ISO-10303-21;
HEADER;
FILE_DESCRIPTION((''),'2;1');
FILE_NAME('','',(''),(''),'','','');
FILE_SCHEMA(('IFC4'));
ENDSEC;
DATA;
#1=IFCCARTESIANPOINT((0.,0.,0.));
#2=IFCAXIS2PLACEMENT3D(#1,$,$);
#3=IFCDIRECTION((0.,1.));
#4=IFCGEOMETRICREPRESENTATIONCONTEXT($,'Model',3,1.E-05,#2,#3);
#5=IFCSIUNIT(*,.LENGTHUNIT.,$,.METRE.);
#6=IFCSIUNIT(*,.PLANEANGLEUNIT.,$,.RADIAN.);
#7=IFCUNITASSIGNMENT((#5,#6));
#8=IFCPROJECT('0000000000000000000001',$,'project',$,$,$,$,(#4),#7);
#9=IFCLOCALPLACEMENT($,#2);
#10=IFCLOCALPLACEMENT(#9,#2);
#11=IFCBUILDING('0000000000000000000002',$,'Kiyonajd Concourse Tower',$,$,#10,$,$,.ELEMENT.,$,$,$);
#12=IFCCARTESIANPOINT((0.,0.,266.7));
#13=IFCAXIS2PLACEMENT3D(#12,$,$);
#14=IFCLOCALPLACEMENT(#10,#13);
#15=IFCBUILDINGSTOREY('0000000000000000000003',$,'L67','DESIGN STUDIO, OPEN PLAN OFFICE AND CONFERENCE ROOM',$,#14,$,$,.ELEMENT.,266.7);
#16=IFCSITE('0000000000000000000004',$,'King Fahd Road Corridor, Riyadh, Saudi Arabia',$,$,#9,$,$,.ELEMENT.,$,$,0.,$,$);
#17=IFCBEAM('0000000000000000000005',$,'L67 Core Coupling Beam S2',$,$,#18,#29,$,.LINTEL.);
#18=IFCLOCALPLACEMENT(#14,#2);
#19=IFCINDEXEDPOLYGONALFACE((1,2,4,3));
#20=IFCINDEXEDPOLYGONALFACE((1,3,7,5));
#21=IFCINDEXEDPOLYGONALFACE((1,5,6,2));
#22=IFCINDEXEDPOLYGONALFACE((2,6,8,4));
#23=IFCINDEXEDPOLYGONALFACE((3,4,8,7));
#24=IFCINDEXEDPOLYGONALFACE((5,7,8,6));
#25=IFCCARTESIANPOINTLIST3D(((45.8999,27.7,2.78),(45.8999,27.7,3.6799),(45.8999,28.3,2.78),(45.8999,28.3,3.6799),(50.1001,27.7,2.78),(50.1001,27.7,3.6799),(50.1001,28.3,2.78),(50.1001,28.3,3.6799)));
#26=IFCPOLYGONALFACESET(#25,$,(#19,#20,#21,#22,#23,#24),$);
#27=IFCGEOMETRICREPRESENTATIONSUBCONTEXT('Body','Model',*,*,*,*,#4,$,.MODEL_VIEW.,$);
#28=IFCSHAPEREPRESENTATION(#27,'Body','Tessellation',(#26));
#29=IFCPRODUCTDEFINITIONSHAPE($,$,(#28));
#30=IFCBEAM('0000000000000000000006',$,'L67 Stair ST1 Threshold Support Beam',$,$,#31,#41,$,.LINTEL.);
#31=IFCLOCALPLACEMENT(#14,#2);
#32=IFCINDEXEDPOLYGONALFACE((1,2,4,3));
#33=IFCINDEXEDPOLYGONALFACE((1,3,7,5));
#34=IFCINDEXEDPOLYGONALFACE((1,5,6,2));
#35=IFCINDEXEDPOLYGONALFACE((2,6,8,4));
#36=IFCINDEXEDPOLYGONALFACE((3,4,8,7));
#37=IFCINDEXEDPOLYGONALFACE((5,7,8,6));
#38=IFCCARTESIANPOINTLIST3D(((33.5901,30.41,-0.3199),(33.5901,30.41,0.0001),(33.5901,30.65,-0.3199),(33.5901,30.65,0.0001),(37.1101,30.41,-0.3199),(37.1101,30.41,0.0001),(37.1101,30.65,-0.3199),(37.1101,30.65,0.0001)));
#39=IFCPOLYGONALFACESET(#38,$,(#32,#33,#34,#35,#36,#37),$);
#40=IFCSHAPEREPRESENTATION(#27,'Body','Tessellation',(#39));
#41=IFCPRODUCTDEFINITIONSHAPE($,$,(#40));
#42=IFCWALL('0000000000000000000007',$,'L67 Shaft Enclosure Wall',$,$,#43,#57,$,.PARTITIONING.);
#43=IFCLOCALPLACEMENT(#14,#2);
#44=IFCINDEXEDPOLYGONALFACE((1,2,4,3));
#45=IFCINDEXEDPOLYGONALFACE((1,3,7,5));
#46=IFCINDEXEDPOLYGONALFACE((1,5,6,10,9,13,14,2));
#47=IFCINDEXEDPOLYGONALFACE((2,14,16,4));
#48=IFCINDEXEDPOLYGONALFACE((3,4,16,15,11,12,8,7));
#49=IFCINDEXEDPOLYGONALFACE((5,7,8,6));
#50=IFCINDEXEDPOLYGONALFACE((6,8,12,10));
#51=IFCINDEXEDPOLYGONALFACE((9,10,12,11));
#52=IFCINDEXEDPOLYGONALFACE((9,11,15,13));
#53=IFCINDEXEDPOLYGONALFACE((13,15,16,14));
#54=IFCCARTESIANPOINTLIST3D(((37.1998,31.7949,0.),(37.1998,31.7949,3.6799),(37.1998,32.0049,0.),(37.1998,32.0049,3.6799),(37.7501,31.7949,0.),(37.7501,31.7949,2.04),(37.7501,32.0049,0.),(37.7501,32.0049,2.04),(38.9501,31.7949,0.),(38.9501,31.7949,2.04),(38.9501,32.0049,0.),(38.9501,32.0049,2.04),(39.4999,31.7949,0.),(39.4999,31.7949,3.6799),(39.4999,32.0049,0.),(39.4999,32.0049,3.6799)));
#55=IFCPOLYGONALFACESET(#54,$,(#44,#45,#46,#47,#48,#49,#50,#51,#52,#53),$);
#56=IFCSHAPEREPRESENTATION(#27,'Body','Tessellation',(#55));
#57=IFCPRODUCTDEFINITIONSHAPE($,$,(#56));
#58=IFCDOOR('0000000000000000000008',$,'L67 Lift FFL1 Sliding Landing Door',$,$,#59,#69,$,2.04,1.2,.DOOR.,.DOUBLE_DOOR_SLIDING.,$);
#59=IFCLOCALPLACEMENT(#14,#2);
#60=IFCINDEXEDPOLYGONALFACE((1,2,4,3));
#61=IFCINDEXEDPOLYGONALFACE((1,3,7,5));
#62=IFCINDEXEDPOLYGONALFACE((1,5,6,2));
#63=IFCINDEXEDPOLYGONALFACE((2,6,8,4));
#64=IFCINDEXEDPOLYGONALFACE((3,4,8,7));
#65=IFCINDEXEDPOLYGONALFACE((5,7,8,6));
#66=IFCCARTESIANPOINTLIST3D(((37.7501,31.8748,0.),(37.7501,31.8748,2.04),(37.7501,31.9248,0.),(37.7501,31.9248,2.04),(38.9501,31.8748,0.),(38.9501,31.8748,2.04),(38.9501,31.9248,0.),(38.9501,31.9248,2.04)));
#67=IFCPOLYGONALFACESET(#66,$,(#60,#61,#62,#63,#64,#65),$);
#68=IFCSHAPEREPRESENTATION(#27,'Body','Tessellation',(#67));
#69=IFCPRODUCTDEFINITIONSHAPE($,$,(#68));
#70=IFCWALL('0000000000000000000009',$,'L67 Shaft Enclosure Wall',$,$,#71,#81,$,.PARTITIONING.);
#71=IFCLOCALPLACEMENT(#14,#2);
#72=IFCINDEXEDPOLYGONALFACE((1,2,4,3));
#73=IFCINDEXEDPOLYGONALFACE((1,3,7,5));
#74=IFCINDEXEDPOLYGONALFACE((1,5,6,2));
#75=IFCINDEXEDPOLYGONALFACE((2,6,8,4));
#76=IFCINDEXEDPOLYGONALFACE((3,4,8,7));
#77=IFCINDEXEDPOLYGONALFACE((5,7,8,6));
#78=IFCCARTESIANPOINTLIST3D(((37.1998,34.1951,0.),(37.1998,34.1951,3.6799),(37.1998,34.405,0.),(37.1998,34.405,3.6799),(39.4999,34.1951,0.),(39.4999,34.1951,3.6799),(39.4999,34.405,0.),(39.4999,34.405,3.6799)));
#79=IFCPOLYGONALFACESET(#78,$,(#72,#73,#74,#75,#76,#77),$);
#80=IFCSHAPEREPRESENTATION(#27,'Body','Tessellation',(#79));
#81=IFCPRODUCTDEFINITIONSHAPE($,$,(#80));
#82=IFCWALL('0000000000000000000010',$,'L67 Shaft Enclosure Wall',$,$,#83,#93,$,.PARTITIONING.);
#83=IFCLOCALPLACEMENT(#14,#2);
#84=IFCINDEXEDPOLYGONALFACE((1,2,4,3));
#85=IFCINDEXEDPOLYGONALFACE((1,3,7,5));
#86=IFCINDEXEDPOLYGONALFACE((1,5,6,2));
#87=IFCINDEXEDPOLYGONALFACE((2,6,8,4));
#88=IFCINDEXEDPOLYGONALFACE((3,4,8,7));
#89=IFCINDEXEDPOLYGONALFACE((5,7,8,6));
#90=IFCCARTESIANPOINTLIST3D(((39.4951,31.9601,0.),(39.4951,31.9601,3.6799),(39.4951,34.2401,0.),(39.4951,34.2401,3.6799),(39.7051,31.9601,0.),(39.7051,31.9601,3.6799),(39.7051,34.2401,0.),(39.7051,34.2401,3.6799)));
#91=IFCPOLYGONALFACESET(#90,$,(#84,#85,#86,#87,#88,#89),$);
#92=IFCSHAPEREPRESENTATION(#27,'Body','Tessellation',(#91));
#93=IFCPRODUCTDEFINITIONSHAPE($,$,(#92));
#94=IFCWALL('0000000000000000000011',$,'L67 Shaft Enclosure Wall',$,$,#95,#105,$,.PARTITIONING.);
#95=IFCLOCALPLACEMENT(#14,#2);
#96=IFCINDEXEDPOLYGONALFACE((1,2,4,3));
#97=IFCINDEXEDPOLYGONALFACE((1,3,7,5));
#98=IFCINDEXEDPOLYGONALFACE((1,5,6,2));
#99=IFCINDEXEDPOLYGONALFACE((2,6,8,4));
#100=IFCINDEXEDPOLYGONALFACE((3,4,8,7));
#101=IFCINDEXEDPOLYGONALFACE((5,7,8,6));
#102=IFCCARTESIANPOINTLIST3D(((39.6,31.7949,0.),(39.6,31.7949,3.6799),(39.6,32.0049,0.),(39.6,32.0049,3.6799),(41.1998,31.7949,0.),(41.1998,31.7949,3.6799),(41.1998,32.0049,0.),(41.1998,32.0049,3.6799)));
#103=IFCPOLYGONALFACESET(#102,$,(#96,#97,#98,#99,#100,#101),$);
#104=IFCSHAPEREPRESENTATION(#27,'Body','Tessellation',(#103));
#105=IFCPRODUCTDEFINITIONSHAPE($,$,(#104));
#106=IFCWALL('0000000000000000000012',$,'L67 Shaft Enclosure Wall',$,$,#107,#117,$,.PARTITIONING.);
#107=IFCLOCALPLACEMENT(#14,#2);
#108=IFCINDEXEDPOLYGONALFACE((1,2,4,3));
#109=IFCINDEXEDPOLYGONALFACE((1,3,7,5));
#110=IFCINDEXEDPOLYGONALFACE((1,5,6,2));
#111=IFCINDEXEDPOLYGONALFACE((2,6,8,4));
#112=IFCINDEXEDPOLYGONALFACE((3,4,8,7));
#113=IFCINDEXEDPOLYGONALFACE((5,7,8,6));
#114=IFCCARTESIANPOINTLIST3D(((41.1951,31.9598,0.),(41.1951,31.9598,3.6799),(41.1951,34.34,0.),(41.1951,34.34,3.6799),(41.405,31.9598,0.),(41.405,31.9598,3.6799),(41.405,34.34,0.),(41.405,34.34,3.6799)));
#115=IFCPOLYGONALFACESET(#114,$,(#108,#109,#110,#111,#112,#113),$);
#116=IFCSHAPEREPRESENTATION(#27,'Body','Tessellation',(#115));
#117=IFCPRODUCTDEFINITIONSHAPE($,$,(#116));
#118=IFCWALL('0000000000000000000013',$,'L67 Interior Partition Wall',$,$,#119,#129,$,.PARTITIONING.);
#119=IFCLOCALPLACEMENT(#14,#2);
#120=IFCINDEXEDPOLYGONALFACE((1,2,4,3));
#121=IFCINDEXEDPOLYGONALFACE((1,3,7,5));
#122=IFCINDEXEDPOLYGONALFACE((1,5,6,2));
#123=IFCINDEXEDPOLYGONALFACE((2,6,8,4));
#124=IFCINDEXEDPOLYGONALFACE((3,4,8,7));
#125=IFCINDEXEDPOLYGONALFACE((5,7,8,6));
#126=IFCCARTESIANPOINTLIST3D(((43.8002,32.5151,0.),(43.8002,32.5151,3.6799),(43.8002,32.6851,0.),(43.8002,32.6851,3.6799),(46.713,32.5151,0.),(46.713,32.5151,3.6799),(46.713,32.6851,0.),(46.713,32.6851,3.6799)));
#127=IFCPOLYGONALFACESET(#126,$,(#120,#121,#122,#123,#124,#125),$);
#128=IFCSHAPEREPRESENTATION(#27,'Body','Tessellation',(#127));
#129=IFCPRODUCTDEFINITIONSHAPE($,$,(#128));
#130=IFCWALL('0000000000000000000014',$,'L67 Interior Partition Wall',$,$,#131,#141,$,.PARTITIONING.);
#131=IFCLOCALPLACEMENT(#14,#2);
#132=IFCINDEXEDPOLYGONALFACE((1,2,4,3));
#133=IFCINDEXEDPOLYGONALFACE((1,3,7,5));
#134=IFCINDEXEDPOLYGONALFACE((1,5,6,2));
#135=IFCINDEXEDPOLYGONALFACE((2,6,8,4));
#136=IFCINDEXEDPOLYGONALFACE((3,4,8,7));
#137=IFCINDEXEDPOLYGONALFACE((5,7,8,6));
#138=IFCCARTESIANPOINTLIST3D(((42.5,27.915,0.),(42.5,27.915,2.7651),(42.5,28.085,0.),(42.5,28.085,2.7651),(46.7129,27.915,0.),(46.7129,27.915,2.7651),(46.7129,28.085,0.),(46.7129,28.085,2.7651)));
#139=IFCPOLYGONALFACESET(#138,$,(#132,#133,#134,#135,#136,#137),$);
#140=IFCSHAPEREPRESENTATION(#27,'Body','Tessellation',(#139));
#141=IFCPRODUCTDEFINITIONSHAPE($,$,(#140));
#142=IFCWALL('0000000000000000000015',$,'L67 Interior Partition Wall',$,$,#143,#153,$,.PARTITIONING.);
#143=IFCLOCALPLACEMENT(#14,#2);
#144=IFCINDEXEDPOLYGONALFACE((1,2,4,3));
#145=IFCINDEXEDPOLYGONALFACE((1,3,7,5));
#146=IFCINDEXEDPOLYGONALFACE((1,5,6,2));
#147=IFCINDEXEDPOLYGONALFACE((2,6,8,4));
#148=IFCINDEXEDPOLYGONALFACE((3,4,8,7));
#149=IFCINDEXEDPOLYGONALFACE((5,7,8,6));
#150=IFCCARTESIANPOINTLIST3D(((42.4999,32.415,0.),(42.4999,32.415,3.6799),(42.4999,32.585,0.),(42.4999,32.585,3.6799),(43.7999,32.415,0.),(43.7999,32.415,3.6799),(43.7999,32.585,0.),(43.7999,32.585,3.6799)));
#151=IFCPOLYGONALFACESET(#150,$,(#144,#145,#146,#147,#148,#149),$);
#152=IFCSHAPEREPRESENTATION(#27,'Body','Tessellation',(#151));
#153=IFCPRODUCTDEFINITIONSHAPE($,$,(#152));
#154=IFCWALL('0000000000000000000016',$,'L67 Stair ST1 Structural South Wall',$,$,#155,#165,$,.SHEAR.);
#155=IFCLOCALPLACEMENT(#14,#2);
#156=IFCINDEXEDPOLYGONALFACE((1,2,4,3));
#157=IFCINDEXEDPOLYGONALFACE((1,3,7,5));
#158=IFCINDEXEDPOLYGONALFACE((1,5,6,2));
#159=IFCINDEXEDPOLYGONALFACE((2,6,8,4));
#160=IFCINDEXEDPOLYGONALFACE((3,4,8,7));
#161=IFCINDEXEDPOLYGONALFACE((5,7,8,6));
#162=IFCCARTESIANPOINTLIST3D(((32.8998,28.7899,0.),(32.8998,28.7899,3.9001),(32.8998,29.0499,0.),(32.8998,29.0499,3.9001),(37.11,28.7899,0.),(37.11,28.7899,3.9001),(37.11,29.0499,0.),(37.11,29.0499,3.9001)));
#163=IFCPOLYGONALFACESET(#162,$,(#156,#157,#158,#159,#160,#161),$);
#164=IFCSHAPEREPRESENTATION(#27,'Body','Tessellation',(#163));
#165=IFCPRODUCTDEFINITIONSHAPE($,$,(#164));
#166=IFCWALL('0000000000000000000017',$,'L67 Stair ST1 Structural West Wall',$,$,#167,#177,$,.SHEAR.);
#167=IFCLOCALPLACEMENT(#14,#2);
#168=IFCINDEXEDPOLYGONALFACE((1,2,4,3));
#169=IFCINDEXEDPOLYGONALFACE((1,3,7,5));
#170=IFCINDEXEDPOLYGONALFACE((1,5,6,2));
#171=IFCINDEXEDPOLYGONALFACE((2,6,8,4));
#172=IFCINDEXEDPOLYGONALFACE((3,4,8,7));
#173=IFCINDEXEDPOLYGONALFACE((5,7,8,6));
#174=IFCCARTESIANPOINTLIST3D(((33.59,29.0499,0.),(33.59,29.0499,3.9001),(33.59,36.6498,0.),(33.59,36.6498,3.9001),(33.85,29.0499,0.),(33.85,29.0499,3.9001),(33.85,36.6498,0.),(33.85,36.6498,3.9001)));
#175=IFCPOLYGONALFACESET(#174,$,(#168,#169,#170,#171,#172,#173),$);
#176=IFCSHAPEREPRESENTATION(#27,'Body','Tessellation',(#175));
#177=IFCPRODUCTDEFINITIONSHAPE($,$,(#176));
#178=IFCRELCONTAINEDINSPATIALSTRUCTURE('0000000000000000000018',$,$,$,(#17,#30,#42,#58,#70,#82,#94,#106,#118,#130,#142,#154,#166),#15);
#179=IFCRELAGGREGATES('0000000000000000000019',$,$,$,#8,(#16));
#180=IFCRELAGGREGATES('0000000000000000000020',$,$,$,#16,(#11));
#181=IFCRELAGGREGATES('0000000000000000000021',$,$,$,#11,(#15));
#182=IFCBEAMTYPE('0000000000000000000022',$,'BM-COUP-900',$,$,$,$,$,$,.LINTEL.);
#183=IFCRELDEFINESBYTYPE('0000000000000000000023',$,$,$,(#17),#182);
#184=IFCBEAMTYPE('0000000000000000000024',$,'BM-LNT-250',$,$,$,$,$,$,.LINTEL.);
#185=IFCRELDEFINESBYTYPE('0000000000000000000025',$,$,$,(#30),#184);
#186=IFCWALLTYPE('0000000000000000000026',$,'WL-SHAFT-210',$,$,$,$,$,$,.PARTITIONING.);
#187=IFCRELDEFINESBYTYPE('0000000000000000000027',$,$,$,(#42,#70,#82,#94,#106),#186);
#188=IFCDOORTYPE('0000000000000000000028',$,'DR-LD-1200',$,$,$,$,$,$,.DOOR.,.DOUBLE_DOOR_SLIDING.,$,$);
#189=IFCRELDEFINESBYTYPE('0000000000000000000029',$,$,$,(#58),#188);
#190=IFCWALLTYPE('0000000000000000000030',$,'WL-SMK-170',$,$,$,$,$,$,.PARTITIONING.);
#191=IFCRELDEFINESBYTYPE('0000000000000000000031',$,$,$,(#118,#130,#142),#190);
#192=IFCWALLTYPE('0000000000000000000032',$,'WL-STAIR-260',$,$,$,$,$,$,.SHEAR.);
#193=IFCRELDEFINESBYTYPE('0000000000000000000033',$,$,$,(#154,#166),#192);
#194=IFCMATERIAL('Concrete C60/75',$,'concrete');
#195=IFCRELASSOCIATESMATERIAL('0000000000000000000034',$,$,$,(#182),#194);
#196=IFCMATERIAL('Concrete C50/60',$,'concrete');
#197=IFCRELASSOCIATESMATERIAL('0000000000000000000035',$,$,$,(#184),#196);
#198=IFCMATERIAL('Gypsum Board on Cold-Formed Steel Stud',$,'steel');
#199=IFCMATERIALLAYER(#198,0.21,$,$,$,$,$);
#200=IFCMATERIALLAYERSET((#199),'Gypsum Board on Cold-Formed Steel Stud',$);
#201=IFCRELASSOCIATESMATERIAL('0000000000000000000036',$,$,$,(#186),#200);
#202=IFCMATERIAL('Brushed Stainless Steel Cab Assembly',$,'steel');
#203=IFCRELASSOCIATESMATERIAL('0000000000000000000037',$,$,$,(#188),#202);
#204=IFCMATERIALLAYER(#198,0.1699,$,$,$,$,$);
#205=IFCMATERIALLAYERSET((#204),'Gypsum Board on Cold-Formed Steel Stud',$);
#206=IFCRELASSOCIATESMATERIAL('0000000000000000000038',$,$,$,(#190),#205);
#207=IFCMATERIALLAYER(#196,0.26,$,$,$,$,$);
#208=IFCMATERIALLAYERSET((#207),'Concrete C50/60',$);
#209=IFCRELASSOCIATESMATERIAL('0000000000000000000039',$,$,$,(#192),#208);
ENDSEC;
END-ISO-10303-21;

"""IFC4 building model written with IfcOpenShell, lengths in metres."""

from ifc_helpers import new_model, si_unit, direction, frame, frame_2d, origin, origin_2d, place, context, subcontext, project, spatial, rectangle, extrude, material, layer, layer_set, material_profile, profile_set, type_object, element, fill, save


model = new_model("IFC4")

# Units and contexts
model_context = context("Model", 3, precision=1e-05, world=origin(), true_north=direction((0.0, 1.0)))
body_context = subcontext(model_context, "Body", "Model", "MODEL_VIEW")
ifc_project = project(units=[si_unit("LENGTHUNIT", "METRE"), si_unit("PLANEANGLEUNIT", "RADIAN")], contexts=[model_context])

# Site, building, storey
site_placement = place(None, origin())
site = spatial("IfcSite", under=ifc_project, at=site_placement, Name="King Fahd Road Corridor, Riyadh, Saudi Arabia", CompositionType="ELEMENT", RefElevation=0.0)
building_placement = place(site_placement, origin())
building = spatial("IfcBuilding", under=site, at=building_placement, Name="Kiyonajd Concourse Tower", CompositionType="ELEMENT")
storey_placement = place(building_placement, frame((0.0, 0.0, 266.7)))
storey = spatial("IfcBuildingStorey", under=building, at=storey_placement, Name="L67", Description="DESIGN STUDIO, OPEN PLAN OFFICE AND CONFERENCE ROOM", CompositionType="ELEMENT", Elevation=266.7)

# Beams
ifc_material_1 = material(Name="Concrete C60/75", Category="concrete")
ifc_material_profile_1 = material_profile(ifc_material_1, rectangle(XDim=0.6001, YDim=0.8999, at=origin_2d()), Name="RCBM-600x900")
ifc_profile_set_1 = profile_set([ifc_material_profile_1], Name="Concrete C60/75")
beam_type_1 = type_object("IfcBeamType", Name="BM-COUP-900", PredefinedType="LINTEL", material=ifc_profile_set_1)
beam_1_placement = place(storey_placement, frame((45.8999, 28.0, 3.23), z_axis=(1.0, 0.0, 0.0), x_axis=(0.0, 1.0, 0.0)))
element("IfcBeam", 1, at=beam_1_placement, inside=storey, type_object=beam_type_1, Name="L67 Core Coupling Beam S2", PredefinedType="LINTEL", context=body_context, shape_type="SweptSolid", body=[
    extrude(rectangle(XDim=0.6001, YDim=0.8999, at=origin_2d()), origin(), (0.0, 0.0, 1.0), 4.2002),
])
ifc_material_2 = material(Name="Concrete C50/60", Category="concrete")
ifc_material_profile_2 = material_profile(ifc_material_2, rectangle(XDim=0.24, YDim=0.3201, at=origin_2d()), Name="RCBM-240x320")
ifc_profile_set_2 = profile_set([ifc_material_profile_2], Name="Concrete C50/60")
beam_type_2 = type_object("IfcBeamType", Name="BM-LNT-250", PredefinedType="LINTEL", material=ifc_profile_set_2)
beam_2_placement = place(storey_placement, frame((33.5901, 30.53, -0.1599), z_axis=(1.0, 0.0, 0.0), x_axis=(0.0, 1.0, 0.0)))
element("IfcBeam", 2, at=beam_2_placement, inside=storey, type_object=beam_type_2, Name="L67 Stair ST1 Threshold Support Beam", PredefinedType="LINTEL", context=body_context, shape_type="SweptSolid", body=[
    extrude(rectangle(XDim=0.24, YDim=0.3201, at=origin_2d()), origin(), (0.0, 0.0, 1.0), 3.52),
])

# Wall, opening, door
ifc_material_3 = material(Name="Gypsum Board on Cold-Formed Steel Stud", Category="steel")
ifc_layer_1 = layer(ifc_material_3, 0.21)
ifc_layer_set_1 = layer_set([ifc_layer_1], Name="Gypsum Board on Cold-Formed Steel Stud")
wall_type_1 = type_object("IfcWallType", Name="WL-SHAFT-210", PredefinedType="PARTITIONING", material=ifc_layer_set_1)
wall_1_placement = place(storey_placement, frame((37.2, 31.8999, 0.0), z_axis=(0.0, 0.0, 1.0), x_axis=(1.0, 0.0, 0.0)))
wall_1 = element("IfcWall", 3, at=wall_1_placement, inside=storey, type_object=wall_type_1, Name="L67 Shaft Enclosure Wall", PredefinedType="PARTITIONING", context=body_context, shape_type="SweptSolid", body=[
    extrude(rectangle(XDim=2.3, YDim=0.21, at=frame_2d((1.1499, 0.0))), origin(), (0.0, 0.0, 1.0), 3.6799),
])
opening_1_placement = place(wall_1_placement, frame((0.55, 0.0, 0.0)))
opening_1 = element("IfcOpeningElement", 4, at=opening_1_placement, cuts=wall_1, PredefinedType="OPENING", context=body_context, shape_type="SweptSolid", body=[
    extrude(rectangle(XDim=1.2, YDim=2.04, at=frame_2d((0.6001, 1.02))), frame((0.0, 0.115, 0.0), z_axis=(0.0, -1.0, 0.0), x_axis=(1.0, 0.0, 0.0)), (0.0, 0.0, 1.0), 0.23),
])
ifc_material_4 = material(Name="Brushed Stainless Steel Cab Assembly", Category="steel")
door_type_1 = type_object("IfcDoorType", Name="DR-LD-1200", OperationType="DOUBLE_DOOR_SLIDING", PredefinedType="DOOR", material=ifc_material_4)
door_1_placement = place(opening_1_placement, origin())
door_1 = element("IfcDoor", 5, at=door_1_placement, inside=storey, type_object=door_type_1, Name="L67 Lift FFL1 Sliding Landing Door", OperationType="DOUBLE_DOOR_SLIDING", OverallHeight=2.04, OverallWidth=1.2, PredefinedType="DOOR", context=body_context, shape_type="SweptSolid", body=[
    extrude(rectangle(XDim=1.2, YDim=2.04, at=frame_2d((0.6001, 1.02))), frame((0.0, 0.0249, 0.0), z_axis=(0.0, -1.0, 0.0), x_axis=(1.0, 0.0, 0.0)), (0.0, 0.0, 1.0), 0.05),
])
fill(opening_1, door_1)

# Walls
wall_2_placement = place(storey_placement, frame((37.2, 34.3, 0.0), z_axis=(0.0, 0.0, 1.0), x_axis=(1.0, 0.0, 0.0)))
element("IfcWall", 6, at=wall_2_placement, inside=storey, type_object=wall_type_1, Name="L67 Shaft Enclosure Wall", PredefinedType="PARTITIONING", context=body_context, shape_type="SweptSolid", body=[
    extrude(rectangle(XDim=2.3, YDim=0.21, at=frame_2d((1.1499, 0.0))), origin(), (0.0, 0.0, 1.0), 3.6799),
])
wall_3_placement = place(storey_placement, frame((39.6001, 31.96, 0.0), z_axis=(0.0, 0.0, 1.0), x_axis=(0.0, 1.0, 0.0)))
element("IfcWall", 7, at=wall_3_placement, inside=storey, type_object=wall_type_1, Name="L67 Shaft Enclosure Wall", PredefinedType="PARTITIONING", context=body_context, shape_type="SweptSolid", body=[
    extrude(rectangle(XDim=2.28, YDim=0.21, at=frame_2d((1.1401, 0.0))), origin(), (0.0, 0.0, 1.0), 3.6799),
])
wall_4_placement = place(storey_placement, frame((39.6001, 31.8999, 0.0), z_axis=(0.0, 0.0, 1.0), x_axis=(1.0, 0.0, 0.0)))
element("IfcWall", 8, at=wall_4_placement, inside=storey, type_object=wall_type_1, Name="L67 Shaft Enclosure Wall", PredefinedType="PARTITIONING", context=body_context, shape_type="SweptSolid", body=[
    extrude(rectangle(XDim=1.5999, YDim=0.21, at=frame_2d((0.7998, 0.0))), origin(), (0.0, 0.0, 1.0), 3.6799),
])
wall_5_placement = place(storey_placement, frame((41.3, 31.96, 0.0), z_axis=(0.0, 0.0, 1.0), x_axis=(0.0, 1.0, 0.0)))
element("IfcWall", 9, at=wall_5_placement, inside=storey, type_object=wall_type_1, Name="L67 Shaft Enclosure Wall", PredefinedType="PARTITIONING", context=body_context, shape_type="SweptSolid", body=[
    extrude(rectangle(XDim=2.3801, YDim=0.21, at=frame_2d((1.1899, 0.0))), origin(), (0.0, 0.0, 1.0), 3.6799),
])
ifc_layer_2 = layer(ifc_material_3, 0.1699)
ifc_layer_set_2 = layer_set([ifc_layer_2], Name="Gypsum Board on Cold-Formed Steel Stud")
wall_type_2 = type_object("IfcWallType", Name="WL-SMK-170", PredefinedType="PARTITIONING", material=ifc_layer_set_2)
wall_6_placement = place(storey_placement, frame((43.8, 32.6001, 0.0), z_axis=(0.0, 0.0, 1.0), x_axis=(1.0, 0.0, 0.0)))
element("IfcWall", 10, at=wall_6_placement, inside=storey, type_object=wall_type_2, Name="L67 Interior Partition Wall", PredefinedType="PARTITIONING", context=body_context, shape_type="SweptSolid", body=[
    extrude(rectangle(XDim=2.9128, YDim=0.1699, at=frame_2d((1.4565, 0.0))), origin(), (0.0, 0.0, 1.0), 3.6799),
])
wall_7_placement = place(storey_placement, frame((42.5, 28.0, 0.0), z_axis=(0.0, 0.0, 1.0), x_axis=(1.0, 0.0, 0.0)))
element("IfcWall", 11, at=wall_7_placement, inside=storey, type_object=wall_type_2, Name="L67 Interior Partition Wall", PredefinedType="PARTITIONING", context=body_context, shape_type="SweptSolid", body=[
    extrude(rectangle(XDim=4.2129, YDim=0.1699, at=frame_2d((2.1064, 0.0))), origin(), (0.0, 0.0, 1.0), 2.7651),
])
wall_8_placement = place(storey_placement, frame((42.5, 32.5, 0.0), z_axis=(0.0, 0.0, 1.0), x_axis=(1.0, 0.0, 0.0)))
element("IfcWall", 12, at=wall_8_placement, inside=storey, type_object=wall_type_2, Name="L67 Interior Partition Wall", PredefinedType="PARTITIONING", context=body_context, shape_type="SweptSolid", body=[
    extrude(rectangle(XDim=1.3, YDim=0.1699, at=frame_2d((0.6499, 0.0))), origin(), (0.0, 0.0, 1.0), 3.6799),
])
ifc_layer_3 = layer(ifc_material_2, 0.26)
ifc_layer_set_3 = layer_set([ifc_layer_3], Name="Concrete C50/60")
wall_type_3 = type_object("IfcWallType", Name="WL-STAIR-260", PredefinedType="SHEAR", material=ifc_layer_set_3)
wall_9_placement = place(storey_placement, frame((32.8999, 28.9199, 0.0), z_axis=(0.0, 0.0, 1.0), x_axis=(1.0, 0.0, 0.0)))
element("IfcWall", 13, at=wall_9_placement, inside=storey, type_object=wall_type_3, Name="L67 Stair ST1 Structural South Wall", PredefinedType="SHEAR", context=body_context, shape_type="SweptSolid", body=[
    extrude(rectangle(XDim=4.2102, YDim=0.26, at=frame_2d((2.105, 0.0))), origin(), (0.0, 0.0, 1.0), 3.9001),
])
wall_10_placement = place(storey_placement, frame((33.72, 29.05, 0.0), z_axis=(0.0, 0.0, 1.0), x_axis=(0.0, 1.0, 0.0)))
element("IfcWall", 14, at=wall_10_placement, inside=storey, type_object=wall_type_3, Name="L67 Stair ST1 Structural West Wall", PredefinedType="SHEAR", context=body_context, shape_type="SweptSolid", body=[
    extrude(rectangle(XDim=7.5999, YDim=0.26, at=frame_2d((3.7998, 0.0))), origin(), (0.0, 0.0, 1.0), 3.9001),
])

save(model, "model.ifc")
